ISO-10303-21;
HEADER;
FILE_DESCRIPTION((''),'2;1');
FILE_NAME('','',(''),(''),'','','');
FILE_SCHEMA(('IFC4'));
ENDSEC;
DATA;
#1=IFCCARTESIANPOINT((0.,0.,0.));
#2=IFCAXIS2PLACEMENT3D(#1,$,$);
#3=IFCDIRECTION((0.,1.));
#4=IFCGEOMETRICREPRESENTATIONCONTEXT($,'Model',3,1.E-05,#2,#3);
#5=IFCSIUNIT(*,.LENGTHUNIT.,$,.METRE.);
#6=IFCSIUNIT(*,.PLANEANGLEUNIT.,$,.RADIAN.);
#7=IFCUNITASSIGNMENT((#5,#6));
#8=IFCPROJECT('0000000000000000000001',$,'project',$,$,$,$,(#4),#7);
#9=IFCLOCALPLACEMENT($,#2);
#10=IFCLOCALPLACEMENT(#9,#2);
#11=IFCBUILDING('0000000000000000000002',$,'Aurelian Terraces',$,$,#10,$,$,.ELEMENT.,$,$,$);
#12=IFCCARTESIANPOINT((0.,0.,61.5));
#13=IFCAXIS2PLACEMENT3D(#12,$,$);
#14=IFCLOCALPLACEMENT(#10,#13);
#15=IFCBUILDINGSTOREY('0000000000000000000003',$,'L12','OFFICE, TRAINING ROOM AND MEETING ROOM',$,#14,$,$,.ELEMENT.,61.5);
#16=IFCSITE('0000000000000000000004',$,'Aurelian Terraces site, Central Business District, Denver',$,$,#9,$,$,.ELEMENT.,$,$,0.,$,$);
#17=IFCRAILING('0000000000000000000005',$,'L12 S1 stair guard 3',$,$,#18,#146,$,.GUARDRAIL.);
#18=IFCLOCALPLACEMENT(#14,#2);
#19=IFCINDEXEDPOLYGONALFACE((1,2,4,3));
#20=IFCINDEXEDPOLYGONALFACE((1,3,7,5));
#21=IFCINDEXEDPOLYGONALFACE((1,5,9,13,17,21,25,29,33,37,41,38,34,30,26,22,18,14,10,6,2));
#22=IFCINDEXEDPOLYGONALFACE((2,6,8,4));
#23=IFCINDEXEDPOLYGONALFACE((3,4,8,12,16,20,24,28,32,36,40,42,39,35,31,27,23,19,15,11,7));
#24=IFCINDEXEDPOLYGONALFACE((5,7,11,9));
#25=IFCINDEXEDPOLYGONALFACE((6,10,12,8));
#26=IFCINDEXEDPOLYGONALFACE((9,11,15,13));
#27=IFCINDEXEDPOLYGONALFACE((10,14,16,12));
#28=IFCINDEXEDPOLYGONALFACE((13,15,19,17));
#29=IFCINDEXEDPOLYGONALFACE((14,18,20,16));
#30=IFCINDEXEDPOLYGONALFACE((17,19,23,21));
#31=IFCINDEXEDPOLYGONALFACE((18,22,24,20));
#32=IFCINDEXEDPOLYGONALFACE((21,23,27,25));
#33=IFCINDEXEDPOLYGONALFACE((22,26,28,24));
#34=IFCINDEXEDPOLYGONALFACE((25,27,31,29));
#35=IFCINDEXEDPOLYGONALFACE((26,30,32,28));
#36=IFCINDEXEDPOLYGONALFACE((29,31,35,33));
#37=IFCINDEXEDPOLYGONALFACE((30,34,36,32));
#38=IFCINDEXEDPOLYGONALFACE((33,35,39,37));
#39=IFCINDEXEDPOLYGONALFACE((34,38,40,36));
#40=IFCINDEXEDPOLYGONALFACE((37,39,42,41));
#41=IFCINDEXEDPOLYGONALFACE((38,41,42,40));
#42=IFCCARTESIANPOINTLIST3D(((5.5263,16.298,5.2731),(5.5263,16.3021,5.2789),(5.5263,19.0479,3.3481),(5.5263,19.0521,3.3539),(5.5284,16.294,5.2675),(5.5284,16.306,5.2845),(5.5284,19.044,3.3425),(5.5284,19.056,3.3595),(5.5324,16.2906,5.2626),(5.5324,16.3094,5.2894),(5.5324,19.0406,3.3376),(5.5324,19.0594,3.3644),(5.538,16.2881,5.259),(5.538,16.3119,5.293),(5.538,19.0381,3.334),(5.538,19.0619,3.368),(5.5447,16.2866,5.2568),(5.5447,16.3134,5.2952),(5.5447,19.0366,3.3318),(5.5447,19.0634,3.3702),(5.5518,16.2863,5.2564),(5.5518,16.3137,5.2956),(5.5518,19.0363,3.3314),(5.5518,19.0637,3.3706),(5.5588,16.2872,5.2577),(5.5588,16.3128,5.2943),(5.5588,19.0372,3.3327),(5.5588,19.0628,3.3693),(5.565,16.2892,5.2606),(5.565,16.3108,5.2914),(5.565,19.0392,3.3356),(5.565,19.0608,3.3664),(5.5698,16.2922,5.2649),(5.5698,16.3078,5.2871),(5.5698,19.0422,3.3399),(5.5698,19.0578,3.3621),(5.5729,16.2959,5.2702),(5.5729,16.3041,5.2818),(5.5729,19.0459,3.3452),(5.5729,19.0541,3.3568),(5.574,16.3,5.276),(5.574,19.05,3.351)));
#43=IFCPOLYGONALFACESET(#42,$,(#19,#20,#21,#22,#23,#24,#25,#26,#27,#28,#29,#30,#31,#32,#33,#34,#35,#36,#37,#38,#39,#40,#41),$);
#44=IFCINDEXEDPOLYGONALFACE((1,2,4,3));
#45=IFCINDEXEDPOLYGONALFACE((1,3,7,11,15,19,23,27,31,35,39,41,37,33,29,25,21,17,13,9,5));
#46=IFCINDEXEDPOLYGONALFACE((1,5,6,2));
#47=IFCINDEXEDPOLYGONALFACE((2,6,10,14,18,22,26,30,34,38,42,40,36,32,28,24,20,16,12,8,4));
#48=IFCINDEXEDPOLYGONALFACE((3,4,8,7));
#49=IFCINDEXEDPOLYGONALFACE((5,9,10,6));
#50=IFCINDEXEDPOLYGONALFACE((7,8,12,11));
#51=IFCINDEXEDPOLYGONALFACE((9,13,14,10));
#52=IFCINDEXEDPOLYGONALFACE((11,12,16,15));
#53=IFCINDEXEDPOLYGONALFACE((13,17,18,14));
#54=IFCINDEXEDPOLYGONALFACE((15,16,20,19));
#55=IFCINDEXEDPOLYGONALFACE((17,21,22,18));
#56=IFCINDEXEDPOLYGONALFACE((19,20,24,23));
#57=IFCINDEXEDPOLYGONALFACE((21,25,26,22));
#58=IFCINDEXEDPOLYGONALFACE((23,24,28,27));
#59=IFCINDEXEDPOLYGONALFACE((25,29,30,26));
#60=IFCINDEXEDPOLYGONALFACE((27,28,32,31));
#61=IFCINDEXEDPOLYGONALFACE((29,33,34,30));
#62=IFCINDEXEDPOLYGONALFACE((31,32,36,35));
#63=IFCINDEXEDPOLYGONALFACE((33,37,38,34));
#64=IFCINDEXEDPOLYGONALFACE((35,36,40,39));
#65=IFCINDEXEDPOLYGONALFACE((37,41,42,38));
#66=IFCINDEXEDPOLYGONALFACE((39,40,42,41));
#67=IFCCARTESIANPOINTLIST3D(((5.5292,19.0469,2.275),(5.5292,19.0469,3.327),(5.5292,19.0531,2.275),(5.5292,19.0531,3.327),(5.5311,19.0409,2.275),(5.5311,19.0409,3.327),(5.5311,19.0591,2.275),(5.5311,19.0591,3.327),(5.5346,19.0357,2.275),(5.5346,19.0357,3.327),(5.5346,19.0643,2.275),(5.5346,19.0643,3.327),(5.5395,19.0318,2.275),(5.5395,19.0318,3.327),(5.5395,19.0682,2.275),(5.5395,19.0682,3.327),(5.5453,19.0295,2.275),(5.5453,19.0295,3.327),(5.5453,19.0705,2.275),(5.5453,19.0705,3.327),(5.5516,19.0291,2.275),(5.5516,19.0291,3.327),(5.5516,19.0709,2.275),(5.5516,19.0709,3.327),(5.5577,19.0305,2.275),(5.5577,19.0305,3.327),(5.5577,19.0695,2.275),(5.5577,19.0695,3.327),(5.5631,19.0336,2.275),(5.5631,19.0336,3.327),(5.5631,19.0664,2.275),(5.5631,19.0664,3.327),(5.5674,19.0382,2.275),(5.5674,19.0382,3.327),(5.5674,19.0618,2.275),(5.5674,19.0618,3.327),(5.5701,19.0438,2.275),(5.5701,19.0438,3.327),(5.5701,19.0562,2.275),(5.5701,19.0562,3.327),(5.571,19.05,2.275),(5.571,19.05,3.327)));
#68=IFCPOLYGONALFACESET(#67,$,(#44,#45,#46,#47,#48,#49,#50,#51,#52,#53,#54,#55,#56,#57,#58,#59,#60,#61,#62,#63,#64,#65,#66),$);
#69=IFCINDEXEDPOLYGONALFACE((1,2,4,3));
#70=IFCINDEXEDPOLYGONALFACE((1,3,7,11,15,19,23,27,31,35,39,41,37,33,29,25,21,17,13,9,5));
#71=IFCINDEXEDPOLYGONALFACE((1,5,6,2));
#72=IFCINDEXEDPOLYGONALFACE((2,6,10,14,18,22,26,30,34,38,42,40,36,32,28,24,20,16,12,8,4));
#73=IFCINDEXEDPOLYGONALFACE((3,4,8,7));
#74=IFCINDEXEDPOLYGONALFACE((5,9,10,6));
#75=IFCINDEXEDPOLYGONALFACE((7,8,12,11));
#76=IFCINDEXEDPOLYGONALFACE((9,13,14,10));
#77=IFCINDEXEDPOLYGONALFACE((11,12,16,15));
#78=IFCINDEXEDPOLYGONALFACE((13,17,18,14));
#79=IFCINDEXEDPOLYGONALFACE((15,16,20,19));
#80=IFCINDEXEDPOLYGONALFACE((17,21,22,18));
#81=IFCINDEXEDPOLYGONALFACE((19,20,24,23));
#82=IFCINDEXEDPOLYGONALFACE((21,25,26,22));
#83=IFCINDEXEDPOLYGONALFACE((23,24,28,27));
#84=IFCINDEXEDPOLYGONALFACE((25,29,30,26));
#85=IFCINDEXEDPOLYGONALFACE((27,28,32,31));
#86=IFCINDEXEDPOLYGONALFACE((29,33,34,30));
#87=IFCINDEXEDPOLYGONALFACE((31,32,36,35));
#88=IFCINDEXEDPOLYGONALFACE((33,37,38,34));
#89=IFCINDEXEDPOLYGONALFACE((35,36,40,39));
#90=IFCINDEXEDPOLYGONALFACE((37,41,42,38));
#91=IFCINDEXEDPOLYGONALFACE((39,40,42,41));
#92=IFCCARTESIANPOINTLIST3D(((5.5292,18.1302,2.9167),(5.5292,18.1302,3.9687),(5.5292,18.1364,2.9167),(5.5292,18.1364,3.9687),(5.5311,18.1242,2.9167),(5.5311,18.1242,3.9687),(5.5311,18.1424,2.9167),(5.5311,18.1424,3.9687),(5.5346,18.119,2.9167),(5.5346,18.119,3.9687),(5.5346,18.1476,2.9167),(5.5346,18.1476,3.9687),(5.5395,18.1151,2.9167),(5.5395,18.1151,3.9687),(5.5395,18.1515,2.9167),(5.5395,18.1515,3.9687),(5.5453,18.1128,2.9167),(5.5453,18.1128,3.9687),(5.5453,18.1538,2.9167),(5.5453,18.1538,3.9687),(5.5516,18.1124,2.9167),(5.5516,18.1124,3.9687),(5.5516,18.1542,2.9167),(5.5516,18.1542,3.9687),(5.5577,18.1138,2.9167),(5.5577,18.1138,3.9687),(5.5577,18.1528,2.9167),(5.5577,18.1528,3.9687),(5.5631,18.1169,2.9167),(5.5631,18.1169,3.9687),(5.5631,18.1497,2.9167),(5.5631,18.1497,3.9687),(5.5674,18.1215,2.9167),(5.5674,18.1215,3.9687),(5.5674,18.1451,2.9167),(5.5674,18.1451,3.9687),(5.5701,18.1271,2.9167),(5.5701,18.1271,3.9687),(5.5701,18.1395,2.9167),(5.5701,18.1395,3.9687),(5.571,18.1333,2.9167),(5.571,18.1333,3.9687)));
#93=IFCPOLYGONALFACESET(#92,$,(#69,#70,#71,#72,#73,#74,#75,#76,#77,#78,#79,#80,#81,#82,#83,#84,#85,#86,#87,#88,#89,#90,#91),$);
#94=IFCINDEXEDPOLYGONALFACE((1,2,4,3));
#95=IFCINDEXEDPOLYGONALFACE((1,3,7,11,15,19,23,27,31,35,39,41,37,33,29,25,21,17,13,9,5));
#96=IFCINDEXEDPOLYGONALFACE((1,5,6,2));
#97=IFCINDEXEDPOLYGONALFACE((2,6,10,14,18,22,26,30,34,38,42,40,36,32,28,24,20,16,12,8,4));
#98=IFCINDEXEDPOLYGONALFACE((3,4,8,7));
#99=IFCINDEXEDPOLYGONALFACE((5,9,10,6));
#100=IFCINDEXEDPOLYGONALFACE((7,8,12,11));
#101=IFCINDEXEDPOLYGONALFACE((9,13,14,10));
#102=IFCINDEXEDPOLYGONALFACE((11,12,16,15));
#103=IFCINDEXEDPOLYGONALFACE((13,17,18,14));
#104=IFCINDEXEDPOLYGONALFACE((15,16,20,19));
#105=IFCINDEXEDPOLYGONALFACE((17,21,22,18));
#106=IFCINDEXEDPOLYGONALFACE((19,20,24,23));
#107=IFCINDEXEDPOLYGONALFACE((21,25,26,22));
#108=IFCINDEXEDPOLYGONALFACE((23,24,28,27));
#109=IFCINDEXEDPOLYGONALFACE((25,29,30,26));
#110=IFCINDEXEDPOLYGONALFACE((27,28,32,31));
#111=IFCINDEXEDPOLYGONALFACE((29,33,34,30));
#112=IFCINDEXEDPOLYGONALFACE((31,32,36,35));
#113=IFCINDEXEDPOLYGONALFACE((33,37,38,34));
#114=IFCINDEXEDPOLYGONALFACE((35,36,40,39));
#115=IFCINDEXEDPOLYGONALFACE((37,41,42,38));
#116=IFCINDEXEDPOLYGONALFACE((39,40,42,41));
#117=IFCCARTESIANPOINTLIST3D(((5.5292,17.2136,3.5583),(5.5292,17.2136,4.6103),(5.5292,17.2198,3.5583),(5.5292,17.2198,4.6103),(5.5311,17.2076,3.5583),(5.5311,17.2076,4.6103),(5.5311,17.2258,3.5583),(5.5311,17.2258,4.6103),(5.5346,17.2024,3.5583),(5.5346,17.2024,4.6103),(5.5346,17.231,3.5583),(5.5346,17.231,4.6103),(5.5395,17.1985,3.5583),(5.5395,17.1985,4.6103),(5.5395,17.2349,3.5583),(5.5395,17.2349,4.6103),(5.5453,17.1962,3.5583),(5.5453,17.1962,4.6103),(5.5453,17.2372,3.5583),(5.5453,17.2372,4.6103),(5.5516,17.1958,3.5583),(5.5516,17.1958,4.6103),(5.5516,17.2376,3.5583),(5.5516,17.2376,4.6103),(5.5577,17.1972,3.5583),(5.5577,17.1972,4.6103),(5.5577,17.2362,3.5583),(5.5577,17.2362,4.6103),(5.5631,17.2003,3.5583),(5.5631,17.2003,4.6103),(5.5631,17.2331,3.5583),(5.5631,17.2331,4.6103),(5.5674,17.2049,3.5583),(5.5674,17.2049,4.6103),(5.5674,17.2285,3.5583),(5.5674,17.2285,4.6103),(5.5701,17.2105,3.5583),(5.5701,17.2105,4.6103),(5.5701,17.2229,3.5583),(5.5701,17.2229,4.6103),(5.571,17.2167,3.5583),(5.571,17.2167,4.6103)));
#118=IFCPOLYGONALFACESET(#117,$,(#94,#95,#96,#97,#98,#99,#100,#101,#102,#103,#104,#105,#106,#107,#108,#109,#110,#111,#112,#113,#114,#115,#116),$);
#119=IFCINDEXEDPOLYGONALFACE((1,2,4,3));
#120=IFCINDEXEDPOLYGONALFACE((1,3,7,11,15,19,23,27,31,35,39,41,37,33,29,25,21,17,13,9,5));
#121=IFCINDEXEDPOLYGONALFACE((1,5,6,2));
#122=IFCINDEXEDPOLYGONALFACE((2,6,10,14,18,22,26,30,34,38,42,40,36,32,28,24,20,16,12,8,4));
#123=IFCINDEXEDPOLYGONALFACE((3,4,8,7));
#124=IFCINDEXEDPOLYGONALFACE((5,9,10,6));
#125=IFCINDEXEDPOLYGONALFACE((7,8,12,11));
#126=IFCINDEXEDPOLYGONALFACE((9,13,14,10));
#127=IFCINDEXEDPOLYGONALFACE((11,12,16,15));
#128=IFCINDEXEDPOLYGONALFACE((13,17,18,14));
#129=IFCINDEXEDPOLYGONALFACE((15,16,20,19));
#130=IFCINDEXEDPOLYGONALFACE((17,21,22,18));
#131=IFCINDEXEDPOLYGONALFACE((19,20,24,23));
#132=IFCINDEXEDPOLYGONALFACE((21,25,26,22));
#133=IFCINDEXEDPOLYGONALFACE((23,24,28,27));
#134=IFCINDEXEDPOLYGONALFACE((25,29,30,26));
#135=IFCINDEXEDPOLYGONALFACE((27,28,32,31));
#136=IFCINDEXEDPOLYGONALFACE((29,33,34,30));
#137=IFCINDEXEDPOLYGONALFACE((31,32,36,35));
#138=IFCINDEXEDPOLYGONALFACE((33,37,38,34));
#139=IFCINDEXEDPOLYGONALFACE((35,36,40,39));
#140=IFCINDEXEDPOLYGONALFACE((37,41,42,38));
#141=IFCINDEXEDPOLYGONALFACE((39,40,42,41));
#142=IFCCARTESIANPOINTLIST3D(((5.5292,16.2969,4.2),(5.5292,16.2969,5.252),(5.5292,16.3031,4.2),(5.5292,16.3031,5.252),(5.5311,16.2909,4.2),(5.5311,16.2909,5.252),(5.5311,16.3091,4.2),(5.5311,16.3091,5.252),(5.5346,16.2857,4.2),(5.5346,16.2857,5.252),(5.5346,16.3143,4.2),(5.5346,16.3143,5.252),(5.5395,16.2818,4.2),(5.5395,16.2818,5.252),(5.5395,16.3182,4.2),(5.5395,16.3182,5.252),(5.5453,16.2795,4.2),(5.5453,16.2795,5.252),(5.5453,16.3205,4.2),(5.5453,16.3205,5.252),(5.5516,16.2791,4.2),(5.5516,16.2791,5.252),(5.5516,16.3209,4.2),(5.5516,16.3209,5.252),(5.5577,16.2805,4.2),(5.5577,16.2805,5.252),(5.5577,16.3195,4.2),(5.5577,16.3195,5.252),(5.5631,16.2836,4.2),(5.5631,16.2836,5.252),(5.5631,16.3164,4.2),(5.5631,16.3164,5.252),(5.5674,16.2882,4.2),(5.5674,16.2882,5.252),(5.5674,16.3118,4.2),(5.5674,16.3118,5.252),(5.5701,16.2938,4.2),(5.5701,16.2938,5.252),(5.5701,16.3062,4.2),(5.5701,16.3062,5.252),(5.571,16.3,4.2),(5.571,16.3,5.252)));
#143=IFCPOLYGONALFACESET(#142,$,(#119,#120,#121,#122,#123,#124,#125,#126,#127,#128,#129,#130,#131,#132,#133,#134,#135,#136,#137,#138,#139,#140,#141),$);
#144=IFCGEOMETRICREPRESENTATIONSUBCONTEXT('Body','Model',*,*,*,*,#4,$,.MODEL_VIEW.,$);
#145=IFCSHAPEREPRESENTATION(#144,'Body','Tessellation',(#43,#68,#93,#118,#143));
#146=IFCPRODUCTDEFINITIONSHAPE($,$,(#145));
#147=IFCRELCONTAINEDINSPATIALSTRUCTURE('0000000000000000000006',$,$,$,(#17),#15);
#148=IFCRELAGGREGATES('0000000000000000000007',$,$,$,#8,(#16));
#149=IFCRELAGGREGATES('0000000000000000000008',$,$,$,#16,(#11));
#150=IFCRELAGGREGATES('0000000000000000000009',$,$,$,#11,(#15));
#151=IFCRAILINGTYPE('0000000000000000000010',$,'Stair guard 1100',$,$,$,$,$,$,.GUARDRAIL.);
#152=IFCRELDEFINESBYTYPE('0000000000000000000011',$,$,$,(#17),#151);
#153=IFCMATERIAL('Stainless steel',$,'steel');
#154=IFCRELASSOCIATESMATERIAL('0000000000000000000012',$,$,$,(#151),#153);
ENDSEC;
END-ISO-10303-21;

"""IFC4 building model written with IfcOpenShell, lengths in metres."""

from ifc_helpers import new_model, si_unit, direction, frame, origin, origin_2d, place, context, subcontext, project, spatial, circle, extrude, source, transform, mapped, material, type_object, element, save


model = new_model("IFC4")

# Units and contexts
model_context = context("Model", 3, precision=1e-05, world=origin(), true_north=direction((0.0, 1.0)))
body_context = subcontext(model_context, "Body", "Model", "MODEL_VIEW")
ifc_project = project(units=[si_unit("LENGTHUNIT", "METRE"), si_unit("PLANEANGLEUNIT", "RADIAN")], contexts=[model_context])

# Site, building, storey
site_placement = place(None, origin())
site = spatial("IfcSite", under=ifc_project, at=site_placement, Name="Aurelian Terraces site, Central Business District, Denver", CompositionType="ELEMENT", RefElevation=0.0)
building_placement = place(site_placement, origin())
building = spatial("IfcBuilding", under=site, at=building_placement, Name="Aurelian Terraces", CompositionType="ELEMENT")
storey_placement = place(building_placement, frame((0.0, 0.0, 61.5)))
storey = spatial("IfcBuildingStorey", under=building, at=storey_placement, Name="L12", Description="OFFICE, TRAINING ROOM AND MEETING ROOM", CompositionType="ELEMENT", Elevation=61.5)

# Shared definitions
ifc_material_1 = material(Name="Stainless steel", Category="steel")

# Railing
railing_type_1 = type_object("IfcRailingType", Name="Stair guard 1100", PredefinedType="GUARDRAIL", material=ifc_material_1)
shared_shape_1 = source(origin(), body_context, "Body", "SweptSolid", [
    extrude(circle(Radius=0.024, at=origin_2d()), frame((0.0, 0.0, 1.076), z_axis=(0.0, -0.819232, 0.573462), x_axis=(1.0, 0.0, 0.0)), (0.0, 0.0, 1.0), 3.3568),
    extrude(circle(Radius=0.021, at=origin_2d()), origin(), (0.0, 0.0, 1.0), 1.052),
    extrude(circle(Radius=0.021, at=origin_2d()), frame((0.0, -0.9167, 0.6417)), (0.0, 0.0, 1.0), 1.052),
    extrude(circle(Radius=0.021, at=origin_2d()), frame((0.0, -1.8333, 1.2833)), (0.0, 0.0, 1.0), 1.052),
    extrude(circle(Radius=0.021, at=origin_2d()), frame((0.0, -2.75, 1.925)), (0.0, 0.0, 1.0), 1.052),
])
railing_1_placement = place(storey_placement, frame((5.55, 19.05, 2.275)))
element("IfcRailing", 1, at=railing_1_placement, inside=storey, type_object=railing_type_1, Name="L12 S1 stair guard 3", PredefinedType="GUARDRAIL", context=body_context, shape_type="MappedRepresentation", body=[
    mapped(shared_shape_1, transform((0.0, 0.0, 0.0), scale=1.0)),
])

save(model, "model.ifc")
